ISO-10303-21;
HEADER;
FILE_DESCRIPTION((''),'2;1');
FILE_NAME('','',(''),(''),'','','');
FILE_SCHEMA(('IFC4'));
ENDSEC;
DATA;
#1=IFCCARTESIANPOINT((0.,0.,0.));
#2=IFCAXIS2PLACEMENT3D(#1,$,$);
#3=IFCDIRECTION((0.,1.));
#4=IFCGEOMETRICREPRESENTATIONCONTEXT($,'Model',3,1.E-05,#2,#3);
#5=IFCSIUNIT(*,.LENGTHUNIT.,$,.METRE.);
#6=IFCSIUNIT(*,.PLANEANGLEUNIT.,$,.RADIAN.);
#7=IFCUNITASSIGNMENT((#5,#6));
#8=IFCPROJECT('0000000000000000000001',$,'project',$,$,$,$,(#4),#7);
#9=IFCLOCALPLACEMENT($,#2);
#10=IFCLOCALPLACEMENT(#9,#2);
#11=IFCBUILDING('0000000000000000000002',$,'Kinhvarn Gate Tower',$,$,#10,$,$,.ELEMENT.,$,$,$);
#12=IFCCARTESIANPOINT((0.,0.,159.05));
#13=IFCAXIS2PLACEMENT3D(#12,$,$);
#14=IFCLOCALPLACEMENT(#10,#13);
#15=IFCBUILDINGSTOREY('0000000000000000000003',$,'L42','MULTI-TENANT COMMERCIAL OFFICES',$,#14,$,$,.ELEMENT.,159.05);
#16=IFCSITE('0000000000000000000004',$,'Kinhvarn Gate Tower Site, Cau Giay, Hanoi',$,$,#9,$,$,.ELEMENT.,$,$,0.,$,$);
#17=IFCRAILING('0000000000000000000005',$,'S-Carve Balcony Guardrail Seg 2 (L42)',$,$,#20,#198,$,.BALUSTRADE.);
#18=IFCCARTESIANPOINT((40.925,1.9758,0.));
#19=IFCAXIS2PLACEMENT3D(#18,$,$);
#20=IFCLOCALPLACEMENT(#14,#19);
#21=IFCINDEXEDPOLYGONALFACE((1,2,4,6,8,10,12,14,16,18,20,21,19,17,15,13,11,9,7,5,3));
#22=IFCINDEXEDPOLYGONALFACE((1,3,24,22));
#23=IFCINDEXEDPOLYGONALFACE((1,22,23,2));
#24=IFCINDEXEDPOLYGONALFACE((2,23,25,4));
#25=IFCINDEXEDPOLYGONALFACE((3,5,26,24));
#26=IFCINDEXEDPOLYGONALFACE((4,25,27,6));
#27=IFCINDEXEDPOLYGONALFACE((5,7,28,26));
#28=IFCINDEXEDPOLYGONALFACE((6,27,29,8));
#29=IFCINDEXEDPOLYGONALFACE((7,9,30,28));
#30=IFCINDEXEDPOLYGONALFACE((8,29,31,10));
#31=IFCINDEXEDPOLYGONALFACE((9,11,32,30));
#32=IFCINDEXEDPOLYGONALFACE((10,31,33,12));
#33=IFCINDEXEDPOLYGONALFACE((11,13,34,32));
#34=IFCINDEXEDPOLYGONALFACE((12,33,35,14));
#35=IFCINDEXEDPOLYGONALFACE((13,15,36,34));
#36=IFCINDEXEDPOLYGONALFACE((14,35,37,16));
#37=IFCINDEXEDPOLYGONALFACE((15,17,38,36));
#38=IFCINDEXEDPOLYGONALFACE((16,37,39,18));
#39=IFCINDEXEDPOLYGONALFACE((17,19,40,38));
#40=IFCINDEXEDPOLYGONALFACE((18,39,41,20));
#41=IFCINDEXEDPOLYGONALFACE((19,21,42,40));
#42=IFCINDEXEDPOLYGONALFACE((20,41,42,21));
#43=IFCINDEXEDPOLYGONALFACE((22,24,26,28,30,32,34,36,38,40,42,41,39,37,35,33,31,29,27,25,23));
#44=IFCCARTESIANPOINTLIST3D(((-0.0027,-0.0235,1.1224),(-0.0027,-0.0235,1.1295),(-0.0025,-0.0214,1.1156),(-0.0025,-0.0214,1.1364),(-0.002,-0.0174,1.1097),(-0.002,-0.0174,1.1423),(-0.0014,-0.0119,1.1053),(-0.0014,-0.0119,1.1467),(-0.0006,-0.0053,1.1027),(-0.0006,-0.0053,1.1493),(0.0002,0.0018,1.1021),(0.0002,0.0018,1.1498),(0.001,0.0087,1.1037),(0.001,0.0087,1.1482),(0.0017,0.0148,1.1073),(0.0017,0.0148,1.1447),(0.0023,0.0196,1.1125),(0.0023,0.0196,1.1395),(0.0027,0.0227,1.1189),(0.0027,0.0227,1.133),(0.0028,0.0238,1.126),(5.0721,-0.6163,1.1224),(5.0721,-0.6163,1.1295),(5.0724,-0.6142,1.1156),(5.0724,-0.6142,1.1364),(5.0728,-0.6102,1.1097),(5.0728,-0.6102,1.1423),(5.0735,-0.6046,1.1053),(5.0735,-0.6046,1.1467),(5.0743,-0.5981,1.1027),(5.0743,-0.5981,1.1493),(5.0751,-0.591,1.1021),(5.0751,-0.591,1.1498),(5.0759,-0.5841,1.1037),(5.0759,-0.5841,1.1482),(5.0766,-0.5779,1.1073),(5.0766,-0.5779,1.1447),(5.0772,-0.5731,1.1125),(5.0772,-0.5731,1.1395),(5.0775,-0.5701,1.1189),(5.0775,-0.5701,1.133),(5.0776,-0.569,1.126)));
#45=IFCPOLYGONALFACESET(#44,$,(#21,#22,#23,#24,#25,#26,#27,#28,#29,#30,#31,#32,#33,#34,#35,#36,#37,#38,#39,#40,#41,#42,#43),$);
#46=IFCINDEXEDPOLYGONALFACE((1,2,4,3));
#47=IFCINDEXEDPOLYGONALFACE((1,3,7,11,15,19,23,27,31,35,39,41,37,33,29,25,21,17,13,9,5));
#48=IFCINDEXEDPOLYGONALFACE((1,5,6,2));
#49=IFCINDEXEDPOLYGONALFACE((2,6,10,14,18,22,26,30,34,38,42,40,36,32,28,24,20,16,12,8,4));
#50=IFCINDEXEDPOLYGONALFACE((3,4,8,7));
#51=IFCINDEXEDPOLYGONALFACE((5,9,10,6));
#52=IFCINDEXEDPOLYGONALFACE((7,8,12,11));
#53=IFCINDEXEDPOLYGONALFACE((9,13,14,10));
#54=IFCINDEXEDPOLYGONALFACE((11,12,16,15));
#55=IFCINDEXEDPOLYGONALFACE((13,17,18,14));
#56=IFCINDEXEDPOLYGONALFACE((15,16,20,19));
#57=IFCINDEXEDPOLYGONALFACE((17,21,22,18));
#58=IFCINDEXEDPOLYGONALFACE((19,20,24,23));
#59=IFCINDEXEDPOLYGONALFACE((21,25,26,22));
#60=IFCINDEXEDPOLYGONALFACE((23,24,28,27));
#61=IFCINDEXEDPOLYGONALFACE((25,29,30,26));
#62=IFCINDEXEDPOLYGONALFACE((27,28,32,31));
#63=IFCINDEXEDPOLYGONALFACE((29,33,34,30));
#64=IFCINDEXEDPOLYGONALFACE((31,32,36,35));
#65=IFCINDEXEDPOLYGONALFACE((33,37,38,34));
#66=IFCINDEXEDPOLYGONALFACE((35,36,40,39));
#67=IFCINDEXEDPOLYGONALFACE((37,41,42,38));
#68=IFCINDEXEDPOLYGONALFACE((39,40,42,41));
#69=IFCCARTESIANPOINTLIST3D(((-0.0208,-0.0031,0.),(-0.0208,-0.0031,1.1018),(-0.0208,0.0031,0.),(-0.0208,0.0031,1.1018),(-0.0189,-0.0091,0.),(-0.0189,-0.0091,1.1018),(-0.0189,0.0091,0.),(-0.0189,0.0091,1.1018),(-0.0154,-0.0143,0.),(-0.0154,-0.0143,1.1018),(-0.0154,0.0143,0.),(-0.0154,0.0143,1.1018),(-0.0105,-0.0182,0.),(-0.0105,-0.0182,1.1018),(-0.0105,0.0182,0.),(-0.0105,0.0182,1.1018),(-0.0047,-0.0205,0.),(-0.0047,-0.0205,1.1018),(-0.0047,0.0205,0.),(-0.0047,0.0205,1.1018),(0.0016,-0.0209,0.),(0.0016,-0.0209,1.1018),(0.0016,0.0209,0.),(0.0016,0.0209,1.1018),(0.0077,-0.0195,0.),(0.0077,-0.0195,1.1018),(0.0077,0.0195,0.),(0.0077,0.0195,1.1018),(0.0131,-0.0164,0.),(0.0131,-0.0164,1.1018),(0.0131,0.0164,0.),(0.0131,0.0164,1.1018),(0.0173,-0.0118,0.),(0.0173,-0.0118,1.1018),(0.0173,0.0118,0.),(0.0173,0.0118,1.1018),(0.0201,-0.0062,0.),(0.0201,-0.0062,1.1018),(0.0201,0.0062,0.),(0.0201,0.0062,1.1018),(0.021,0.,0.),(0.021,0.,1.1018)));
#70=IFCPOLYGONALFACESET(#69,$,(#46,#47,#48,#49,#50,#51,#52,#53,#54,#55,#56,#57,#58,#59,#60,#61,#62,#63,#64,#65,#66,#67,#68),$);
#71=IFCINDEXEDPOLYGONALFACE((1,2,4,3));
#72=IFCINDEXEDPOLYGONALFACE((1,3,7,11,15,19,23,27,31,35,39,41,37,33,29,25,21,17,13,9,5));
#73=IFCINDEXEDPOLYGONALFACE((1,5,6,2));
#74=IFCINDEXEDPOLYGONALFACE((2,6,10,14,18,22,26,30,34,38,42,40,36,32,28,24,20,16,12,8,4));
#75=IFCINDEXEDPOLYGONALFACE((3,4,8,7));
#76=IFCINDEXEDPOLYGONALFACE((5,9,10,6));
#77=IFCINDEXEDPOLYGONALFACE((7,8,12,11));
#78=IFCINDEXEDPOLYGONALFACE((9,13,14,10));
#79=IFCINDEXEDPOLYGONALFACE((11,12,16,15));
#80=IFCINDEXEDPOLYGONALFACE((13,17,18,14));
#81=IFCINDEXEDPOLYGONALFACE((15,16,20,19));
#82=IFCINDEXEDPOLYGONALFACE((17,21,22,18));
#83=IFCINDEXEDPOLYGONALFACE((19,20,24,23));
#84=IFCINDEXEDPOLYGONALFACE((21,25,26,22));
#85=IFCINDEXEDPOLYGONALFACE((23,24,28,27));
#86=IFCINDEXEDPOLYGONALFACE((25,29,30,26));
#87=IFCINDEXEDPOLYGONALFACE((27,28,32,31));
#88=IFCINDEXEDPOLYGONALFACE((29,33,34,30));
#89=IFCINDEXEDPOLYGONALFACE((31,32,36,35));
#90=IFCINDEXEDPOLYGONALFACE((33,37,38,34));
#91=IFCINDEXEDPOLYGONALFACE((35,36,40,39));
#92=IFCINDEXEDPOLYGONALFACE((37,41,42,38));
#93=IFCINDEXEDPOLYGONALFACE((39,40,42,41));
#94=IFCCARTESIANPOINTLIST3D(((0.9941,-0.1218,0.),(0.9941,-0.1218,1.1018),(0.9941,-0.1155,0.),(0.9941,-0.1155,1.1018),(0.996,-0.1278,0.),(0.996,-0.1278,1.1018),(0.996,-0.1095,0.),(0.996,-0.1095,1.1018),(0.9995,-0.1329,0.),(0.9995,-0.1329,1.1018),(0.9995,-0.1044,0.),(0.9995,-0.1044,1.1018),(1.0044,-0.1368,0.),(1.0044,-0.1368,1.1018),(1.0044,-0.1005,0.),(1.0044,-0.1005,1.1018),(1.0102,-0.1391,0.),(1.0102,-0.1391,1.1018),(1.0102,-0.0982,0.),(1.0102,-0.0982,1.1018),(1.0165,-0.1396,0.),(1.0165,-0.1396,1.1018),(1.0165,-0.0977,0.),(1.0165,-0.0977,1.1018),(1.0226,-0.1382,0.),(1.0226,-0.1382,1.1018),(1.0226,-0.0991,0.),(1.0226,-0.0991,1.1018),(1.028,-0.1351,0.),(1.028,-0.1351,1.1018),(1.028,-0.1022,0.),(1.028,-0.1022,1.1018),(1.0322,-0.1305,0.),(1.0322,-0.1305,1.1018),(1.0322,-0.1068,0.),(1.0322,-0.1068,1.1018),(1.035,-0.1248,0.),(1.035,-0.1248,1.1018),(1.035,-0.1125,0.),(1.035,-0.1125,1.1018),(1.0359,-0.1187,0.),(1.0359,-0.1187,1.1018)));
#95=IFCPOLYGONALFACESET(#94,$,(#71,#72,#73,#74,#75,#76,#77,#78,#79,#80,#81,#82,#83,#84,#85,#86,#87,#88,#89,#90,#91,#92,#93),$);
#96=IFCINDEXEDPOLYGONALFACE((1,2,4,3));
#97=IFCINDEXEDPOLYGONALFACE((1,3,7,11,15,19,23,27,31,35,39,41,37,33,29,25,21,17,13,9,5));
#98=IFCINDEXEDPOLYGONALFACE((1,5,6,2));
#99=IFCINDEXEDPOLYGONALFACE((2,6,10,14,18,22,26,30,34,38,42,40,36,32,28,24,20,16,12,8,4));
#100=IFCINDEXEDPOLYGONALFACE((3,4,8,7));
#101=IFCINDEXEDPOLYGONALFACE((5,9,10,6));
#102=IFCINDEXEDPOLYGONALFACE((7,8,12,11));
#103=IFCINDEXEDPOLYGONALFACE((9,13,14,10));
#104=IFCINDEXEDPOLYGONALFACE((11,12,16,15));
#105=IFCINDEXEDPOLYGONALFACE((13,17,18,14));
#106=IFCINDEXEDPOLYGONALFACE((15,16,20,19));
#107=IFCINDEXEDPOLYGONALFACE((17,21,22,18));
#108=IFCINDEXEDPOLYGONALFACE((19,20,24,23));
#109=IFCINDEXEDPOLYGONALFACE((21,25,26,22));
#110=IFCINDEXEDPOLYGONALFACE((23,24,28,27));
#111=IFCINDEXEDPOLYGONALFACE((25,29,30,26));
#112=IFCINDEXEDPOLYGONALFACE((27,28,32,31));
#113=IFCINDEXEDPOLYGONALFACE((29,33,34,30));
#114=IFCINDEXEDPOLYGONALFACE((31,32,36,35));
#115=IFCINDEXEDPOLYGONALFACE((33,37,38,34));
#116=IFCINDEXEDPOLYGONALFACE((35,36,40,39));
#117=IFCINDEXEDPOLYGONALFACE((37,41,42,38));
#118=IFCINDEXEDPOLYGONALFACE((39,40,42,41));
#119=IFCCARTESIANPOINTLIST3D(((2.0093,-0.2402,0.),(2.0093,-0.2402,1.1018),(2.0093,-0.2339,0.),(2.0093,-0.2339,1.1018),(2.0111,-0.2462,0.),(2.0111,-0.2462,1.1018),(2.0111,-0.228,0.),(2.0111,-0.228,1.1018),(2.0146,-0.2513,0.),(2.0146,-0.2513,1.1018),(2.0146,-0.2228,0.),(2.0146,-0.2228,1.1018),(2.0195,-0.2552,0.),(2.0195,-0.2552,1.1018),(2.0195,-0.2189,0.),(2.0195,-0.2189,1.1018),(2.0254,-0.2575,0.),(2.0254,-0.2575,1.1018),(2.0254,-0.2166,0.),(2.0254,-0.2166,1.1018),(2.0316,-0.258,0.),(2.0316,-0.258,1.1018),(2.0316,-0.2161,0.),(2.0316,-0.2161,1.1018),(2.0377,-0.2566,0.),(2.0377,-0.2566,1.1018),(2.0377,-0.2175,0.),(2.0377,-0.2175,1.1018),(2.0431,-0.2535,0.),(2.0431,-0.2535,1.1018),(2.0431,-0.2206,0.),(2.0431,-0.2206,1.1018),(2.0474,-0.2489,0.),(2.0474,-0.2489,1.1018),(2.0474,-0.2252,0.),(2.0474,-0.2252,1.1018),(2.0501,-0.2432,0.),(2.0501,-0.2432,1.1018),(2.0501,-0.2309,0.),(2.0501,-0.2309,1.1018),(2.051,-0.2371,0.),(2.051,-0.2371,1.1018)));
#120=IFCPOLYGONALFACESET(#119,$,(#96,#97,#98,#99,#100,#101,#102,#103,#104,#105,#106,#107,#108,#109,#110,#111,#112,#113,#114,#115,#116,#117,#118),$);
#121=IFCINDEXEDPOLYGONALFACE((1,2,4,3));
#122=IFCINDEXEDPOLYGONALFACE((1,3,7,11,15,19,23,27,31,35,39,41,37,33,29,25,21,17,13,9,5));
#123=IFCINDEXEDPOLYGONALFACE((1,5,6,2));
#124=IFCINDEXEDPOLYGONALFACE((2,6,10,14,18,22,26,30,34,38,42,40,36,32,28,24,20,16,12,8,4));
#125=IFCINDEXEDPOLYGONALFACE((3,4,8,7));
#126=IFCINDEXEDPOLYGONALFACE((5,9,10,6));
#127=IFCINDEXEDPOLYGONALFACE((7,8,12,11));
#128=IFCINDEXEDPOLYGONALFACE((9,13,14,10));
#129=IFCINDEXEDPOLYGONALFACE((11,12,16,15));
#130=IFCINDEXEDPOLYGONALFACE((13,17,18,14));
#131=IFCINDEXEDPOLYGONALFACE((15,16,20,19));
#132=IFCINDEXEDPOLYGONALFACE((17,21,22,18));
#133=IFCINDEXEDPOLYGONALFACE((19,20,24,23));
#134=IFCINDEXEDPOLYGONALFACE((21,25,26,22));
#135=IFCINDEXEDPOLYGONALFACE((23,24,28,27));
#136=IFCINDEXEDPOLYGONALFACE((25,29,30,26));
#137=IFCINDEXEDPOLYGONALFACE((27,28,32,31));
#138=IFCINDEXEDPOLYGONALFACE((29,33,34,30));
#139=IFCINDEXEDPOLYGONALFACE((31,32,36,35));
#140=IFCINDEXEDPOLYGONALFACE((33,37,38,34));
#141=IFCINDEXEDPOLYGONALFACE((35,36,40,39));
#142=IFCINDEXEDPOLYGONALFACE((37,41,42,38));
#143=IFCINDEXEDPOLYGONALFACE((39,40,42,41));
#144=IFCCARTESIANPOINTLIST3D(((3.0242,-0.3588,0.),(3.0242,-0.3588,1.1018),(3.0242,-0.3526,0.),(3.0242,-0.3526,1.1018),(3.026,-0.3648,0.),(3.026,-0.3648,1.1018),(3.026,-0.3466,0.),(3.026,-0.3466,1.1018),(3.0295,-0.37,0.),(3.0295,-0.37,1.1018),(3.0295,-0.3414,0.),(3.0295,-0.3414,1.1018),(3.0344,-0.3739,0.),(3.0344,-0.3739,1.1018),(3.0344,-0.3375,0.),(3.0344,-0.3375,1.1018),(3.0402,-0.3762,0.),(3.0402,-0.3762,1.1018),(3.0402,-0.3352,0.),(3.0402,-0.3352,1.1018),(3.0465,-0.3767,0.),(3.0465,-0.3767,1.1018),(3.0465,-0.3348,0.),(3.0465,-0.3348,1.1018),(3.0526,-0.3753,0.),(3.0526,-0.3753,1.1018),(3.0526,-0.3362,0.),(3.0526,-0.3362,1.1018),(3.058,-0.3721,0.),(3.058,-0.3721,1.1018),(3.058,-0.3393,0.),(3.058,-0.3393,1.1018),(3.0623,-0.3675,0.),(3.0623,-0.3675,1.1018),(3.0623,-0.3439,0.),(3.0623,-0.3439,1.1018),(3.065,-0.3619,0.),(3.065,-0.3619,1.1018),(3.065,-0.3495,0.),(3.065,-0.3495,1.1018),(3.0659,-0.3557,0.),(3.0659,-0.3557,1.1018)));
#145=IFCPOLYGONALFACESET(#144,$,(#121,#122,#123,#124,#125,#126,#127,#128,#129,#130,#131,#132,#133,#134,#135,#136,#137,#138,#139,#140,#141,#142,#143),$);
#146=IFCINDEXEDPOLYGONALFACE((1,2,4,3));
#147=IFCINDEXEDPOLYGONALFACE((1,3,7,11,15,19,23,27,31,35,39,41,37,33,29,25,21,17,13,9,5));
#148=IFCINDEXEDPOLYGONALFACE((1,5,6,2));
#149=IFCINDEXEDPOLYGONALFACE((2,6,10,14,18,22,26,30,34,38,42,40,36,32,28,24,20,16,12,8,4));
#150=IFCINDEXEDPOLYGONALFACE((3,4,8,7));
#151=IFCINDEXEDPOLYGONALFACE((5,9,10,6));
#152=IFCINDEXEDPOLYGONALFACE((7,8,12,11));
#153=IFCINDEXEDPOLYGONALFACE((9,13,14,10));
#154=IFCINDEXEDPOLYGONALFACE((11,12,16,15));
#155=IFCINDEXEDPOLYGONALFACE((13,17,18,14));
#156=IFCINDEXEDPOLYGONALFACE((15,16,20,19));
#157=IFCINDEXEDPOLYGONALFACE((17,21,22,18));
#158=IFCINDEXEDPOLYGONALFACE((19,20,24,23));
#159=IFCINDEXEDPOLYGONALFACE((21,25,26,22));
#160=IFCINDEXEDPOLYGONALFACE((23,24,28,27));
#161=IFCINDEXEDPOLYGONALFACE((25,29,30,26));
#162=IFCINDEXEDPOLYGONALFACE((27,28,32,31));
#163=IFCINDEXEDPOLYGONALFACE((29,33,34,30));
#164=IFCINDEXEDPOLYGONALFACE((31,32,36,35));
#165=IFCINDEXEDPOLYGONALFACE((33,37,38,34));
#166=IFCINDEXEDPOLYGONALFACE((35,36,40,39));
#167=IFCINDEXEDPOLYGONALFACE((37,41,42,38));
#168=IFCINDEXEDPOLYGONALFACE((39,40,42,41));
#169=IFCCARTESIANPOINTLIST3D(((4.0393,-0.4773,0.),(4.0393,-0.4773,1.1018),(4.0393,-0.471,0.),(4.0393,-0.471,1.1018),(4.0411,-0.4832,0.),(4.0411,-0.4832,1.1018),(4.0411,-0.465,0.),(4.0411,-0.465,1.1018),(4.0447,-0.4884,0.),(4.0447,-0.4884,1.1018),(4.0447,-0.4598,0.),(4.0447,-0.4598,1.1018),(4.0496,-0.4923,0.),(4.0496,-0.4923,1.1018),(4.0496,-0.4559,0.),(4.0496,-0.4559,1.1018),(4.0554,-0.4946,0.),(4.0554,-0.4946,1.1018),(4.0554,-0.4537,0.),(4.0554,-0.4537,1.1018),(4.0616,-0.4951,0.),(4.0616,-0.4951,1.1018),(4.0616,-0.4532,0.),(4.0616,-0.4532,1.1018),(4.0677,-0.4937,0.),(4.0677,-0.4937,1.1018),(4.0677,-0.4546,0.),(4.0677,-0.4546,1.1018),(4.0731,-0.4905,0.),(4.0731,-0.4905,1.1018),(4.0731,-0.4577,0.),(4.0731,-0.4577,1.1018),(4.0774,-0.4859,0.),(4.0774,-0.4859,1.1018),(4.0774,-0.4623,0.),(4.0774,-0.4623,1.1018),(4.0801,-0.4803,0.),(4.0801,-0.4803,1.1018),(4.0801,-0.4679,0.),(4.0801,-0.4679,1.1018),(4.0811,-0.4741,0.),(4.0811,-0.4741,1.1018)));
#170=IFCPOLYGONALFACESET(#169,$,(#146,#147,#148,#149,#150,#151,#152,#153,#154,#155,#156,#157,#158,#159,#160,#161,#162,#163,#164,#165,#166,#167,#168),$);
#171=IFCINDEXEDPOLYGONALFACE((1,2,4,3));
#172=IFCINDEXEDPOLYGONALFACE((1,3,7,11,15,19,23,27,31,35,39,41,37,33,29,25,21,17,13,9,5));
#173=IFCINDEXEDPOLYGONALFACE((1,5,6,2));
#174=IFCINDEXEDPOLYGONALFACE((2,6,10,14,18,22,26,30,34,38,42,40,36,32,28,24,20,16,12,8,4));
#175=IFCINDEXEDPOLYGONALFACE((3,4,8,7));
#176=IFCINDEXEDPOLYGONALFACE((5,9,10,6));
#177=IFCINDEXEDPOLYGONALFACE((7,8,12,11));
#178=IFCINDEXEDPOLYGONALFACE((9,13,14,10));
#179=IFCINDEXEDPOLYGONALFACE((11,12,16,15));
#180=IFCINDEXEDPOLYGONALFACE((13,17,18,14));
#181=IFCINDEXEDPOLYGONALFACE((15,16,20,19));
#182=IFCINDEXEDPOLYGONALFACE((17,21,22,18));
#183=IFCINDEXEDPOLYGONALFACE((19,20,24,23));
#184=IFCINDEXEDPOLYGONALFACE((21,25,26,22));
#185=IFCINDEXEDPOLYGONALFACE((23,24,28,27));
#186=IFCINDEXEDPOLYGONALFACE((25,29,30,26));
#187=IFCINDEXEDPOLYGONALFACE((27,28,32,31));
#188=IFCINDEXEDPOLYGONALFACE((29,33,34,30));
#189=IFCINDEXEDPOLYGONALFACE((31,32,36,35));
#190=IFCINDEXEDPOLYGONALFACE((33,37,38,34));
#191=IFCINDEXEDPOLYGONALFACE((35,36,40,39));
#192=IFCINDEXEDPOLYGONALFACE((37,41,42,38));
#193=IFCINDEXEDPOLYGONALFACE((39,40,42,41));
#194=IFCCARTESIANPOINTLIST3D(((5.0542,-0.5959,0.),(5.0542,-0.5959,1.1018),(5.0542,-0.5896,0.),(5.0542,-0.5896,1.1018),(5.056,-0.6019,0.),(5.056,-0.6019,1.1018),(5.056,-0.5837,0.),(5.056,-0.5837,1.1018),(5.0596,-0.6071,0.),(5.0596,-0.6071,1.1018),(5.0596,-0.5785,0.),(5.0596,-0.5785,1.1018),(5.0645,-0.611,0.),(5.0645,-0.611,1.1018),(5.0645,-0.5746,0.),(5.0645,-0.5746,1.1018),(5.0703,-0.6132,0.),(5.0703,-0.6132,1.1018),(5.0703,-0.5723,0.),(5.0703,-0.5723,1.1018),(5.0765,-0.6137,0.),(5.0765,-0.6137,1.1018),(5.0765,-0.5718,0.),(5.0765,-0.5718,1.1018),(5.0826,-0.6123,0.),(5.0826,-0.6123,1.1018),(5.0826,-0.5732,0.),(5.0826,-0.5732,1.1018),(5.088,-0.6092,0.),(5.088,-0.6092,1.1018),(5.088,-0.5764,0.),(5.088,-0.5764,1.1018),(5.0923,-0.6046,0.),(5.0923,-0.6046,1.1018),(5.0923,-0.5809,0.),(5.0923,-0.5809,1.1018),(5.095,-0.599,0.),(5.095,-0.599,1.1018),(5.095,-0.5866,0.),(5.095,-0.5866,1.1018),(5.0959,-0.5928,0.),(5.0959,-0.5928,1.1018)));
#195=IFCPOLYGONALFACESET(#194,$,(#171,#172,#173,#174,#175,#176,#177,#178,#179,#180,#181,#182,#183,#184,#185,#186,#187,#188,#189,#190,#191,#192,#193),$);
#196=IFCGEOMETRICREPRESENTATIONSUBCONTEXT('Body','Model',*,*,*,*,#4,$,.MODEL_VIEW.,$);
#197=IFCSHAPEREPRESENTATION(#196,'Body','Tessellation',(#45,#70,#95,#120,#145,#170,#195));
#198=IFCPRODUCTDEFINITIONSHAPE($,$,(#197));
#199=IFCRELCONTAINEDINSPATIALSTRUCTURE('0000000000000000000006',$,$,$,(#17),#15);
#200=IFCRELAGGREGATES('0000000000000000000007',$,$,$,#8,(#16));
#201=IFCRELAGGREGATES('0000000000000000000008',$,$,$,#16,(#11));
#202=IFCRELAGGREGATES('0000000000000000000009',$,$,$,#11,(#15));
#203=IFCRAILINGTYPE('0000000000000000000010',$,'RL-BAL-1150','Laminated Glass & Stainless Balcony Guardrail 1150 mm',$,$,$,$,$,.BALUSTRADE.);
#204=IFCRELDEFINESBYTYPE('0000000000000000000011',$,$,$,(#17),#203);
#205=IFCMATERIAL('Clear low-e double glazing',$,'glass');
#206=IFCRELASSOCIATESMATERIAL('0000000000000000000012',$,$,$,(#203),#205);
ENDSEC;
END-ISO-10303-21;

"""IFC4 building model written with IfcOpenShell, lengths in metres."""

from ifc_helpers import new_model, si_unit, direction, frame, origin, origin_2d, place, context, subcontext, project, spatial, circle, extrude, material, type_object, element, save


model = new_model("IFC4")

# Units and contexts
model_context = context("Model", 3, precision=1e-05, world=origin(), true_north=direction((0.0, 1.0)))
body_context = subcontext(model_context, "Body", "Model", "MODEL_VIEW")
ifc_project = project(units=[si_unit("LENGTHUNIT", "METRE"), si_unit("PLANEANGLEUNIT", "RADIAN")], contexts=[model_context])

# Site, building, storey
site_placement = place(None, origin())
site = spatial("IfcSite", under=ifc_project, at=site_placement, Name="Kinhvarn Gate Tower Site, Cau Giay, Hanoi", CompositionType="ELEMENT", RefElevation=0.0)
building_placement = place(site_placement, origin())
building = spatial("IfcBuilding", under=site, at=building_placement, Name="Kinhvarn Gate Tower", CompositionType="ELEMENT")
storey_placement = place(building_placement, frame((0.0, 0.0, 159.05)))
storey = spatial("IfcBuildingStorey", under=building, at=storey_placement, Name="L42", Description="MULTI-TENANT COMMERCIAL OFFICES", CompositionType="ELEMENT", Elevation=159.05)

# Shared definitions
ifc_material_1 = material(Name="Clear low-e double glazing", Category="glass")

# Railing
railing_type = type_object("IfcRailingType", Name="RL-BAL-1150", Description="Laminated Glass & Stainless Balcony Guardrail 1150 mm", PredefinedType="BALUSTRADE", material=ifc_material_1)
railing_1_placement = place(storey_placement, frame((40.925, 1.9758, 0.0)))
element("IfcRailing", 1, at=railing_1_placement, inside=storey, type_object=railing_type, Name="S-Carve Balcony Guardrail Seg 2 (L42)", PredefinedType="BALUSTRADE", context=body_context, shape_type="SweptSolid", body=[
    extrude(circle(Radius=0.0239, at=origin_2d()), frame((0.0, 0.0, 1.126), z_axis=(0.993247, -0.116015, 0.0), x_axis=(0.116015, 0.993247, 0.0)), (0.0, 0.0, 1.0), 5.1094),
    extrude(circle(Radius=0.021, at=origin_2d()), origin(), (0.0, 0.0, 1.0), 1.1018),
    extrude(circle(Radius=0.021, at=origin_2d()), frame((1.0149, -0.1187, 0.0)), (0.0, 0.0, 1.0), 1.1018),
    extrude(circle(Radius=0.021, at=origin_2d()), frame((2.03, -0.2371, 0.0)), (0.0, 0.0, 1.0), 1.1018),
    extrude(circle(Radius=0.021, at=origin_2d()), frame((3.0449, -0.3557, 0.0)), (0.0, 0.0, 1.0), 1.1018),
    extrude(circle(Radius=0.021, at=origin_2d()), frame((4.0601, -0.4741, 0.0)), (0.0, 0.0, 1.0), 1.1018),
    extrude(circle(Radius=0.021, at=origin_2d()), frame((5.075, -0.5928, 0.0)), (0.0, 0.0, 1.0), 1.1018),
])

save(model, "model.ifc")
